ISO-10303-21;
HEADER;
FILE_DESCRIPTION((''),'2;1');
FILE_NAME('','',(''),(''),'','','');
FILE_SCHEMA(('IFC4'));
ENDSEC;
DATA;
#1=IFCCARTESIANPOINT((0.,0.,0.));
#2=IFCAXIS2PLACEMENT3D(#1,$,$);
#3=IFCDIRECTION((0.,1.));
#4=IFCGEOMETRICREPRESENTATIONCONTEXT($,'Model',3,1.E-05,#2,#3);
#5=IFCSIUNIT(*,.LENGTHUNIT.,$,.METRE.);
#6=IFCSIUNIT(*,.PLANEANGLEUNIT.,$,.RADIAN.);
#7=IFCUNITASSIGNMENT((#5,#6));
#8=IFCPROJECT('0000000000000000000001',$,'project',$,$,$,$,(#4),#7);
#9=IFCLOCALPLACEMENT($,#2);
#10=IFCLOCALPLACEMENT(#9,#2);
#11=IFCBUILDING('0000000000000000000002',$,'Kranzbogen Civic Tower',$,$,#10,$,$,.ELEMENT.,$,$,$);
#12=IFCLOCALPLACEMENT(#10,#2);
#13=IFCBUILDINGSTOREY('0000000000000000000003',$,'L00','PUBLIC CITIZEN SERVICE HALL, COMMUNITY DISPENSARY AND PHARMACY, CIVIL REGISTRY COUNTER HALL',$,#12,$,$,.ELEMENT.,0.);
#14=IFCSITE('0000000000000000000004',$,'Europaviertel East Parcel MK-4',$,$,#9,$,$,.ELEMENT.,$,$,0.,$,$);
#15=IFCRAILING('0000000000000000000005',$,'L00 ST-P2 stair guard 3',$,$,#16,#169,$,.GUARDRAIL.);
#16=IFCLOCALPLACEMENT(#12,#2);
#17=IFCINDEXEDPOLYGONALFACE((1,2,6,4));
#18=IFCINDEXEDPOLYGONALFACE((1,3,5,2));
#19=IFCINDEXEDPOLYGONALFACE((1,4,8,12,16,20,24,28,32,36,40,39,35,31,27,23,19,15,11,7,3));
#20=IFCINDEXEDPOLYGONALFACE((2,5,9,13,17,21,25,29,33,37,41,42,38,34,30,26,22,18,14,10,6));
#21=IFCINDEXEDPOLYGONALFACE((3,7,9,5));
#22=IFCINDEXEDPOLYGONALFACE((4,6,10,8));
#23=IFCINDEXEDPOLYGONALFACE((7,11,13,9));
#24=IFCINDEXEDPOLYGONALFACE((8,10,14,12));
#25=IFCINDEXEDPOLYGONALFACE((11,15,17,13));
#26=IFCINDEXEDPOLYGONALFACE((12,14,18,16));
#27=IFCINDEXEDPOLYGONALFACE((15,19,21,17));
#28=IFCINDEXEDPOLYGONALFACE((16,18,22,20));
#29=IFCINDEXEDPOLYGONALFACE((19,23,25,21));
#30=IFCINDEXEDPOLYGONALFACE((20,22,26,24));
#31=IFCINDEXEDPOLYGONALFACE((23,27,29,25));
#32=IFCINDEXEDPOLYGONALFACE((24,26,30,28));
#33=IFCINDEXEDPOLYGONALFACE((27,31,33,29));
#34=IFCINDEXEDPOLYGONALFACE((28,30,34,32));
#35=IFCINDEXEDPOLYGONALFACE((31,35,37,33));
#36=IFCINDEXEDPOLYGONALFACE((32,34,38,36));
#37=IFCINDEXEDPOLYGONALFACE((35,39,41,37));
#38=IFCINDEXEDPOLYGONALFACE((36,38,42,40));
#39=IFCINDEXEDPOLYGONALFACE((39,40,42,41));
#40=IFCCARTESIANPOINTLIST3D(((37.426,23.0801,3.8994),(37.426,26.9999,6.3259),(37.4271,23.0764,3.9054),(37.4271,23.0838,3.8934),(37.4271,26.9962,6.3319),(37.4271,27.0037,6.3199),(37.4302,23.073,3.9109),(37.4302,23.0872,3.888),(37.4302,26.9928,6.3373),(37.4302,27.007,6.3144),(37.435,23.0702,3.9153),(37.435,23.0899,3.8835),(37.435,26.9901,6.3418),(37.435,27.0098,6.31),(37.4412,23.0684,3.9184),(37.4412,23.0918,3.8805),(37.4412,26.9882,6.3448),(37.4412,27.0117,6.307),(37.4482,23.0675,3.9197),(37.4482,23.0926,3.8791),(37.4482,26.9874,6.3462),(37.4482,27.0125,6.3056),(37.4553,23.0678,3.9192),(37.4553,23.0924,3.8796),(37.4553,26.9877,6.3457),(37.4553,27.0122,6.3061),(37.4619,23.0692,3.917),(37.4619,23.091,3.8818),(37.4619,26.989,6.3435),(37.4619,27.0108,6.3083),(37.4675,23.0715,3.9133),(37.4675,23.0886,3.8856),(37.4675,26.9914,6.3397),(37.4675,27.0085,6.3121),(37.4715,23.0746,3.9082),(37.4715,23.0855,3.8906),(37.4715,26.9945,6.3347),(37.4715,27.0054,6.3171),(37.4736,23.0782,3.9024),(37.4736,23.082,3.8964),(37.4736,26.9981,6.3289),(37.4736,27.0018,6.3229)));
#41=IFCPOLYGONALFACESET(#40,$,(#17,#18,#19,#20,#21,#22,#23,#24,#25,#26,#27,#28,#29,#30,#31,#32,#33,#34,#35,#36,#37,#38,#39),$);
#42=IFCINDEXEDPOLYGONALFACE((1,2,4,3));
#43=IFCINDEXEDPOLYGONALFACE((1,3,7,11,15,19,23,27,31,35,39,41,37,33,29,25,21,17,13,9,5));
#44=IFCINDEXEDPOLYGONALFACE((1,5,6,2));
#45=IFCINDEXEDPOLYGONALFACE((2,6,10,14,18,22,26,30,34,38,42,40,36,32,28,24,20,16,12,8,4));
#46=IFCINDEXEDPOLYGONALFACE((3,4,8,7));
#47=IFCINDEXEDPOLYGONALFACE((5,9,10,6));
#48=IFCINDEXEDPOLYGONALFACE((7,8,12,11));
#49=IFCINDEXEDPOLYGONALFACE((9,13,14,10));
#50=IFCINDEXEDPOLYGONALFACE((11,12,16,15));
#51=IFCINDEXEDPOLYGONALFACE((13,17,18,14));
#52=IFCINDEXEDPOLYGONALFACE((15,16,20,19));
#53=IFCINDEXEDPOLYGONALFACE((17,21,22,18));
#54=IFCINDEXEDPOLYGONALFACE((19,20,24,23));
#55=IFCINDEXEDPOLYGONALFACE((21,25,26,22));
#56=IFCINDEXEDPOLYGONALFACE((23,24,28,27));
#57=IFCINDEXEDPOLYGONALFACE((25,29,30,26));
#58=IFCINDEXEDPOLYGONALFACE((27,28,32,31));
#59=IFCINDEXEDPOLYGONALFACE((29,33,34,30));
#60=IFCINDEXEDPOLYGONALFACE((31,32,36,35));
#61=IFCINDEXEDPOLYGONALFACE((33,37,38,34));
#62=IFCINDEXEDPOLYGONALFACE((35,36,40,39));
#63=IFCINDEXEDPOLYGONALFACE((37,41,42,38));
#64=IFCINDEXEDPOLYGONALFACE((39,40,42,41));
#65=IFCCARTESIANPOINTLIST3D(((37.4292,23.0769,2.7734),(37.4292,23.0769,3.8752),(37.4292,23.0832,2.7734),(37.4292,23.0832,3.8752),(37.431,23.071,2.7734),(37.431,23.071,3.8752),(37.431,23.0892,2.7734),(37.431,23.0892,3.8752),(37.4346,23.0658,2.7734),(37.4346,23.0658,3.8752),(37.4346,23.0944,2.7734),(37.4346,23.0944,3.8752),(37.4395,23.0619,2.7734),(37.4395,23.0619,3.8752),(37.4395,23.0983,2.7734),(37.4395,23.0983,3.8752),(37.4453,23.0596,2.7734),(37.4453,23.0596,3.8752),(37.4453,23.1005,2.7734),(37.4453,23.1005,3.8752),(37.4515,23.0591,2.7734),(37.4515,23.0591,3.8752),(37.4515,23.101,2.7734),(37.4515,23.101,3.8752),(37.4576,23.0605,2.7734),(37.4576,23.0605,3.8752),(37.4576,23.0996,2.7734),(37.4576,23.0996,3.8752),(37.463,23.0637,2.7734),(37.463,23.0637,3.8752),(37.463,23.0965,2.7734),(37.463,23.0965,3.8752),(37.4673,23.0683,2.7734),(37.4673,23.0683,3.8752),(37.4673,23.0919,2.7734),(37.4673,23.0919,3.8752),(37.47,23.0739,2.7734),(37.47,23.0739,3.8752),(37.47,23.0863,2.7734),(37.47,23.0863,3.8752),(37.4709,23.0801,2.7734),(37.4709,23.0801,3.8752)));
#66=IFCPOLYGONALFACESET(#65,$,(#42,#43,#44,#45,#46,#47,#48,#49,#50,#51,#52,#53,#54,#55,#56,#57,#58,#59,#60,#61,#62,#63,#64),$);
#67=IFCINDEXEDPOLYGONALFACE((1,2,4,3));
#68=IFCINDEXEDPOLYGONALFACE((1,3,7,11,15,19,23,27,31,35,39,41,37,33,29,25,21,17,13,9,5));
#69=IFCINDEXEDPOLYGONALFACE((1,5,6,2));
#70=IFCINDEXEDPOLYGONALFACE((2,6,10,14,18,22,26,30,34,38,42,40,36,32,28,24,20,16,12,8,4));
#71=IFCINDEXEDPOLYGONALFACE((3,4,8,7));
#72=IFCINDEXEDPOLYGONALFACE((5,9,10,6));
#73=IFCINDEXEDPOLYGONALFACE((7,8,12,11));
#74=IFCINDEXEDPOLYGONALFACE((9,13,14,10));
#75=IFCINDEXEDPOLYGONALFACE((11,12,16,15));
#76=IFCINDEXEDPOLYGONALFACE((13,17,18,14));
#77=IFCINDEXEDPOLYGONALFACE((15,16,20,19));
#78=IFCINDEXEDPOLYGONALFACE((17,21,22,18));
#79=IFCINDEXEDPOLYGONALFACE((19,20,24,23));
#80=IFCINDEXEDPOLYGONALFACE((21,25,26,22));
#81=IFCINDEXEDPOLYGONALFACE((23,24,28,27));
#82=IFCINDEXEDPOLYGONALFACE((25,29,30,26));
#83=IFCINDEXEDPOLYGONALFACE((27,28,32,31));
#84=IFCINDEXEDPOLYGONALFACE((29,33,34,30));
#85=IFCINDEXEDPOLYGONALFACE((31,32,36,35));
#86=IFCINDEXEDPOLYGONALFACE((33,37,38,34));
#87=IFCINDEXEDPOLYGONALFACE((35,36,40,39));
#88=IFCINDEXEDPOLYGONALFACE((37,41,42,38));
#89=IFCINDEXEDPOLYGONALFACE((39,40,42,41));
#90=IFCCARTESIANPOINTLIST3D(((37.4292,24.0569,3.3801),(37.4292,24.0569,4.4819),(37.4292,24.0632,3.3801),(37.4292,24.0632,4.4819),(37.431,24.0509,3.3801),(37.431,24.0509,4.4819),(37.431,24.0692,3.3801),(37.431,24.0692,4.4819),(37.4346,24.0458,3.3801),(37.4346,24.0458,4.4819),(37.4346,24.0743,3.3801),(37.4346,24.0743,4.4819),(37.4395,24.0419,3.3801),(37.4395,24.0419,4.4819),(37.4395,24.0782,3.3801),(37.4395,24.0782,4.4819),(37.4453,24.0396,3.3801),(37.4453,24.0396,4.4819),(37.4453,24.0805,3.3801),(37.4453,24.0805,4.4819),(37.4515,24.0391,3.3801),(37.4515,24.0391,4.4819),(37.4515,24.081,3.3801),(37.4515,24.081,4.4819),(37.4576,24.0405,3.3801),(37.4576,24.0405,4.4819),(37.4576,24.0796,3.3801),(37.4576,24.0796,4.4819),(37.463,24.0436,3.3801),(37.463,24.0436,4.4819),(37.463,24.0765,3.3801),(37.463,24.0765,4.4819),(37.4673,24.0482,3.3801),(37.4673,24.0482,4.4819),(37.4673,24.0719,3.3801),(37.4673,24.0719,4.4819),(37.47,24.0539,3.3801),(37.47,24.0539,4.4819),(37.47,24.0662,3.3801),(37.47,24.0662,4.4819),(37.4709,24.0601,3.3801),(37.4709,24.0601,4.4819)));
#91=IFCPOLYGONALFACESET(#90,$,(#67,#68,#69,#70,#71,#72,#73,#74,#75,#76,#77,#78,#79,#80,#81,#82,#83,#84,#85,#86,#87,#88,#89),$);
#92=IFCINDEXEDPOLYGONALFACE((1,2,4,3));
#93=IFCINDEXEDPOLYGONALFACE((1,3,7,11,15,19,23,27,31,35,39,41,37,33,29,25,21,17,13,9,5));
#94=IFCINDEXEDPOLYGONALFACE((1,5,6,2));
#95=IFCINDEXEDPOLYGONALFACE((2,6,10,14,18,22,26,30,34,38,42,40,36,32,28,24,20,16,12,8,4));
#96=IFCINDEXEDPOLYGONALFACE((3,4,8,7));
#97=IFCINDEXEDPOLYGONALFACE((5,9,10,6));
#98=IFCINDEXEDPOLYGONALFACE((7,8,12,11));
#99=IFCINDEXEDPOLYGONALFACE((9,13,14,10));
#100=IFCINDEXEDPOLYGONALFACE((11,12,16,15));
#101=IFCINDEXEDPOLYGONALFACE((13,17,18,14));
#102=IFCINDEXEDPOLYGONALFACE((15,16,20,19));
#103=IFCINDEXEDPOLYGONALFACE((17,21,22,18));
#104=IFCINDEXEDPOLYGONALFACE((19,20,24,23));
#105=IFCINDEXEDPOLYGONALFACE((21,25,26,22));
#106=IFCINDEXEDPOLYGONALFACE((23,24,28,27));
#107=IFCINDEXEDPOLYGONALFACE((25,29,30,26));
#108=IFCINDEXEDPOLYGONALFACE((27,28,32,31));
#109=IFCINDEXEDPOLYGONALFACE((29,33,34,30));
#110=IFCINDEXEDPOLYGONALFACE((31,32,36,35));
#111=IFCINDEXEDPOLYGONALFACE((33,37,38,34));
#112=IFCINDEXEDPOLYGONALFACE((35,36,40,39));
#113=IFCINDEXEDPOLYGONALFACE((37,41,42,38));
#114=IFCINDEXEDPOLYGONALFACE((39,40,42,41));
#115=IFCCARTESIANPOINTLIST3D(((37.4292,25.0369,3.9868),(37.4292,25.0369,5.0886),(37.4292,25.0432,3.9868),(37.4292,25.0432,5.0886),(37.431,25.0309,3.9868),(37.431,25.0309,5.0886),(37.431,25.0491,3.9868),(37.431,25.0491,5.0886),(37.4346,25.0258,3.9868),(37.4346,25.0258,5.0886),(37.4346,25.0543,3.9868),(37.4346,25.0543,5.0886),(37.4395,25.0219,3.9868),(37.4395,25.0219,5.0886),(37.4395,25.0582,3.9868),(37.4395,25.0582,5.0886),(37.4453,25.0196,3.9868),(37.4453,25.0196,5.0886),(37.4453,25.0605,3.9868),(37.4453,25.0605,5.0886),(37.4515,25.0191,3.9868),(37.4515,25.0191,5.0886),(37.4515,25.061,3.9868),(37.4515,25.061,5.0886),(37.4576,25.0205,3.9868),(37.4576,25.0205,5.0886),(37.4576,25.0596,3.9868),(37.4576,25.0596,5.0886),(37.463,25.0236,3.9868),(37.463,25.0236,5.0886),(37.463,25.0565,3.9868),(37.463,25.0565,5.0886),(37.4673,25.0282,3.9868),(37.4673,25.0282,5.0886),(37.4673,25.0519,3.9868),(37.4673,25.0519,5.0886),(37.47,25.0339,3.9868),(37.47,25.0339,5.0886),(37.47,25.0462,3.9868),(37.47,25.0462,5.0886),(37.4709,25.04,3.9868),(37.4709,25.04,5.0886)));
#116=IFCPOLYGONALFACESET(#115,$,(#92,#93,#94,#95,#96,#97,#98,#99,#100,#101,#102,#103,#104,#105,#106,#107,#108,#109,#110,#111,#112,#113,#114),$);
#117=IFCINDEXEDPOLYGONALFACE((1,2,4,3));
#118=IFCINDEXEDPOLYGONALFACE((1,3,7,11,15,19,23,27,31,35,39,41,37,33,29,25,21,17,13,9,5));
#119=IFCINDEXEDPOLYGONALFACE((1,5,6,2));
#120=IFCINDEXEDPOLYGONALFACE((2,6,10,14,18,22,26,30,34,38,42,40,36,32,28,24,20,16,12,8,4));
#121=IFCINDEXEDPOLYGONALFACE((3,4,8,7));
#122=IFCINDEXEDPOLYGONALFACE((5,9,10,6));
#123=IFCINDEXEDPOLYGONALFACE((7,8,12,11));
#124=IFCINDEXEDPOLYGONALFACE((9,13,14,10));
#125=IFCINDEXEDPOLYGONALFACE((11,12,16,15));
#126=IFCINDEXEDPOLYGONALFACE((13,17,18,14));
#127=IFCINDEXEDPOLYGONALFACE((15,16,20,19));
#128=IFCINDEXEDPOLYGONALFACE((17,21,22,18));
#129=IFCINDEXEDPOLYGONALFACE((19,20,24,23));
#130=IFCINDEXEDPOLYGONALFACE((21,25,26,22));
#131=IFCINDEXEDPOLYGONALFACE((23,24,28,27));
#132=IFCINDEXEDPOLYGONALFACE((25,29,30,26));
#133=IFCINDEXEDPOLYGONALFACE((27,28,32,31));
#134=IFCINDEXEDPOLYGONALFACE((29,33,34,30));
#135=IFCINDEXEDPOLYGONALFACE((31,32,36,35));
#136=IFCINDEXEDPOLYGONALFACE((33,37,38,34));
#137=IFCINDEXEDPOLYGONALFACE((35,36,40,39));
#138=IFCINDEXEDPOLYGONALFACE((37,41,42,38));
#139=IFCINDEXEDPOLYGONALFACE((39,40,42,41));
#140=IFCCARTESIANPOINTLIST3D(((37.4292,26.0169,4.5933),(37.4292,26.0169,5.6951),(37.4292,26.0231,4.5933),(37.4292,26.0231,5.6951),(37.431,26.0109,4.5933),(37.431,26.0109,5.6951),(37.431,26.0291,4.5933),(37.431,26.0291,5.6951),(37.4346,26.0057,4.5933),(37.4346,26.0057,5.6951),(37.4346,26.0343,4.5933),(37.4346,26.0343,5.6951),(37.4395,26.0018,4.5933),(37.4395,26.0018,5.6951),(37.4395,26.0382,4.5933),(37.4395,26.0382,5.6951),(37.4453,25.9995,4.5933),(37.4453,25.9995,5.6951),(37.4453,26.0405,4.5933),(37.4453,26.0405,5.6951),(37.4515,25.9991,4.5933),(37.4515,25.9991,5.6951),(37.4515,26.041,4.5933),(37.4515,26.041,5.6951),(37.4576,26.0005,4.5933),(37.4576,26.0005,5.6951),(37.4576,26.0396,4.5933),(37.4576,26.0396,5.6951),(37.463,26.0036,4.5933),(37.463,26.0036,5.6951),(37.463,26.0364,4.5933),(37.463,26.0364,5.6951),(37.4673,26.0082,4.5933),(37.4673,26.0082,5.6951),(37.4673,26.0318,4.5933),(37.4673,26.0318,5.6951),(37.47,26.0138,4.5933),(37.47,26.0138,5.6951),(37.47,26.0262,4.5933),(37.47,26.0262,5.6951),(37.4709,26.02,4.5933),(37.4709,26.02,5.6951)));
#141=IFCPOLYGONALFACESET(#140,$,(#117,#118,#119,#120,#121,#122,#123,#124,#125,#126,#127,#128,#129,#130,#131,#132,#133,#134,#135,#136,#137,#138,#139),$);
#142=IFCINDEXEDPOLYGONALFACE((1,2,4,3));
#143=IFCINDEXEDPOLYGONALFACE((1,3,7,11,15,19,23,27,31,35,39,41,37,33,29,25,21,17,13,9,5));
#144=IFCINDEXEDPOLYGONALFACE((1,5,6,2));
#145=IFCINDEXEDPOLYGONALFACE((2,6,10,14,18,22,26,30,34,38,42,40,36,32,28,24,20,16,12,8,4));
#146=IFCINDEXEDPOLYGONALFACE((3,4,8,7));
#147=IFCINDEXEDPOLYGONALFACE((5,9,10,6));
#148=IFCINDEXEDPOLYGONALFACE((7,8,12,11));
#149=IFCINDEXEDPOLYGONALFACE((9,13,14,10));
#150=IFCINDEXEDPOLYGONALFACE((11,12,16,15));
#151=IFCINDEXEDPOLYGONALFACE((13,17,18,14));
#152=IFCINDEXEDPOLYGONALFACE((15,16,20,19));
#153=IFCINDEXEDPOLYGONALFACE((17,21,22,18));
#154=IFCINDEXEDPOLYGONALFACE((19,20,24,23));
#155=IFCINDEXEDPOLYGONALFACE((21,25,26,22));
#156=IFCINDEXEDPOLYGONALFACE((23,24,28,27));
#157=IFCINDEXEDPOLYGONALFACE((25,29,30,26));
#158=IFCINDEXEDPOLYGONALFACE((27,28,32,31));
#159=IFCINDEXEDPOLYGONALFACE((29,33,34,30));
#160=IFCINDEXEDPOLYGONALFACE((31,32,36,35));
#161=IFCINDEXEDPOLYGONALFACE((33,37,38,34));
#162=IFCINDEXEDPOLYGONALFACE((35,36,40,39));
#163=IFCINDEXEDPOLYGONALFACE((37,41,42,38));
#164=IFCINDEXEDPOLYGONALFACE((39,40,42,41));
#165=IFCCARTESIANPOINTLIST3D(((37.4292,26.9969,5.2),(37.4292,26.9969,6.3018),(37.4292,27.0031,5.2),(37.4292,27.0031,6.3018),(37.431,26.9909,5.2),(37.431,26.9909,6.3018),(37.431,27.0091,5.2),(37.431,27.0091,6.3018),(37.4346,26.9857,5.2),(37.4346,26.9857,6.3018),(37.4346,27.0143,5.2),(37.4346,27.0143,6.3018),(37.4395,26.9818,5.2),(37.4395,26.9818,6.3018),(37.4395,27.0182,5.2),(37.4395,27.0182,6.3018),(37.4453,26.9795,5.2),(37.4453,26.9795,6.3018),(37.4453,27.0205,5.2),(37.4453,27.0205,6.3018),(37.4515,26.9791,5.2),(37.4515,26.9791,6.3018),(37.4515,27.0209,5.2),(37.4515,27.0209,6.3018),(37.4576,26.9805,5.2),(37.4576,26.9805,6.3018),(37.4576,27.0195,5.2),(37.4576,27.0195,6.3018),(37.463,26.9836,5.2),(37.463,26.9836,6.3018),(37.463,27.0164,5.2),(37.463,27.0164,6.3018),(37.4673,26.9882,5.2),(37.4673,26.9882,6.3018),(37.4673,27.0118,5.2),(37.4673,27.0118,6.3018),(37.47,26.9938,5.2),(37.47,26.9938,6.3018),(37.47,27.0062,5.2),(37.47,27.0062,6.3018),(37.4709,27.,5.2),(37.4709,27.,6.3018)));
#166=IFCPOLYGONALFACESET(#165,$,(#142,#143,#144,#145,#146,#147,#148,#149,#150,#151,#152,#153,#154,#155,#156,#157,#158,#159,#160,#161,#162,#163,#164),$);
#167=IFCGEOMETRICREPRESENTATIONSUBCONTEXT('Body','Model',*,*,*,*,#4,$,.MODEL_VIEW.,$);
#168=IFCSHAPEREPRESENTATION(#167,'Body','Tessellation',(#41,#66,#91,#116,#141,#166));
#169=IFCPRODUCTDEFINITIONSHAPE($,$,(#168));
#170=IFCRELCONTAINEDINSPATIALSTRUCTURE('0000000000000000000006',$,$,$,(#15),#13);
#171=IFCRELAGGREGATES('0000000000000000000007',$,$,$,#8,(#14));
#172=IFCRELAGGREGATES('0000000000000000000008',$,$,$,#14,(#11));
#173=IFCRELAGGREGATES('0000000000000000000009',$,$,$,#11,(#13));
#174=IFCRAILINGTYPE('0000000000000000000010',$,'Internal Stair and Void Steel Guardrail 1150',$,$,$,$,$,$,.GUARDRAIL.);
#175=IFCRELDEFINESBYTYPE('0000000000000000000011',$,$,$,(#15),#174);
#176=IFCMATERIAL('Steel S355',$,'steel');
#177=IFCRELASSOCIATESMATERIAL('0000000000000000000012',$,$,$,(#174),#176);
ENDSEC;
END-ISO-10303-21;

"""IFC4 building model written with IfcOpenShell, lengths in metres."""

from ifc_helpers import new_model, si_unit, direction, frame, origin, origin_2d, place, context, subcontext, project, spatial, circle, extrude, material, type_object, element, save


model = new_model("IFC4")

# Units and contexts
model_context = context("Model", 3, precision=1e-05, world=origin(), true_north=direction((0.0, 1.0)))
body_context = subcontext(model_context, "Body", "Model", "MODEL_VIEW")
ifc_project = project(units=[si_unit("LENGTHUNIT", "METRE"), si_unit("PLANEANGLEUNIT", "RADIAN")], contexts=[model_context])

# Site, building, storey
site_placement = place(None, origin())
site = spatial("IfcSite", under=ifc_project, at=site_placement, Name="Europaviertel East Parcel MK-4", CompositionType="ELEMENT", RefElevation=0.0)
building_placement = place(site_placement, origin())
building = spatial("IfcBuilding", under=site, at=building_placement, Name="Kranzbogen Civic Tower", CompositionType="ELEMENT")
storey_placement = place(building_placement, origin())
storey = spatial("IfcBuildingStorey", under=building, at=storey_placement, Name="L00", Description="PUBLIC CITIZEN SERVICE HALL, COMMUNITY DISPENSARY AND PHARMACY, CIVIL REGISTRY COUNTER HALL", CompositionType="ELEMENT", Elevation=0.0)

# Shared definitions
ifc_material_1 = material(Name="Steel S355", Category="steel")

# Railing
railing_type_1 = type_object("IfcRailingType", Name="Internal Stair and Void Steel Guardrail 1150", PredefinedType="GUARDRAIL", material=ifc_material_1)
railing_1_placement = place(storey_placement, frame((37.45, 23.0801, 2.7734)))
element("IfcRailing", 1, at=railing_1_placement, inside=storey, type_object=railing_type_1, Name="L00 ST-P2 stair guard 3", PredefinedType="GUARDRAIL", context=body_context, shape_type="SweptSolid", body=[
    extrude(circle(Radius=0.0239, at=origin_2d()), frame((0.0, 0.0, 1.126), z_axis=(0.0, 0.850275, 0.526338), x_axis=(-1.0, 0.0, 0.0)), (0.0, 0.0, 1.0), 4.6101),
    extrude(circle(Radius=0.021, at=origin_2d()), origin(), (0.0, 0.0, 1.0), 1.1018),
    extrude(circle(Radius=0.021, at=origin_2d()), frame((0.0, 0.98, 0.6067)), (0.0, 0.0, 1.0), 1.1018),
    extrude(circle(Radius=0.021, at=origin_2d()), frame((0.0, 1.96, 1.2134)), (0.0, 0.0, 1.0), 1.1018),
    extrude(circle(Radius=0.021, at=origin_2d()), frame((0.0, 2.9399, 1.8198)), (0.0, 0.0, 1.0), 1.1018),
    extrude(circle(Radius=0.021, at=origin_2d()), frame((0.0, 3.9199, 2.4265)), (0.0, 0.0, 1.0), 1.1018),
])

save(model, "model.ifc")
